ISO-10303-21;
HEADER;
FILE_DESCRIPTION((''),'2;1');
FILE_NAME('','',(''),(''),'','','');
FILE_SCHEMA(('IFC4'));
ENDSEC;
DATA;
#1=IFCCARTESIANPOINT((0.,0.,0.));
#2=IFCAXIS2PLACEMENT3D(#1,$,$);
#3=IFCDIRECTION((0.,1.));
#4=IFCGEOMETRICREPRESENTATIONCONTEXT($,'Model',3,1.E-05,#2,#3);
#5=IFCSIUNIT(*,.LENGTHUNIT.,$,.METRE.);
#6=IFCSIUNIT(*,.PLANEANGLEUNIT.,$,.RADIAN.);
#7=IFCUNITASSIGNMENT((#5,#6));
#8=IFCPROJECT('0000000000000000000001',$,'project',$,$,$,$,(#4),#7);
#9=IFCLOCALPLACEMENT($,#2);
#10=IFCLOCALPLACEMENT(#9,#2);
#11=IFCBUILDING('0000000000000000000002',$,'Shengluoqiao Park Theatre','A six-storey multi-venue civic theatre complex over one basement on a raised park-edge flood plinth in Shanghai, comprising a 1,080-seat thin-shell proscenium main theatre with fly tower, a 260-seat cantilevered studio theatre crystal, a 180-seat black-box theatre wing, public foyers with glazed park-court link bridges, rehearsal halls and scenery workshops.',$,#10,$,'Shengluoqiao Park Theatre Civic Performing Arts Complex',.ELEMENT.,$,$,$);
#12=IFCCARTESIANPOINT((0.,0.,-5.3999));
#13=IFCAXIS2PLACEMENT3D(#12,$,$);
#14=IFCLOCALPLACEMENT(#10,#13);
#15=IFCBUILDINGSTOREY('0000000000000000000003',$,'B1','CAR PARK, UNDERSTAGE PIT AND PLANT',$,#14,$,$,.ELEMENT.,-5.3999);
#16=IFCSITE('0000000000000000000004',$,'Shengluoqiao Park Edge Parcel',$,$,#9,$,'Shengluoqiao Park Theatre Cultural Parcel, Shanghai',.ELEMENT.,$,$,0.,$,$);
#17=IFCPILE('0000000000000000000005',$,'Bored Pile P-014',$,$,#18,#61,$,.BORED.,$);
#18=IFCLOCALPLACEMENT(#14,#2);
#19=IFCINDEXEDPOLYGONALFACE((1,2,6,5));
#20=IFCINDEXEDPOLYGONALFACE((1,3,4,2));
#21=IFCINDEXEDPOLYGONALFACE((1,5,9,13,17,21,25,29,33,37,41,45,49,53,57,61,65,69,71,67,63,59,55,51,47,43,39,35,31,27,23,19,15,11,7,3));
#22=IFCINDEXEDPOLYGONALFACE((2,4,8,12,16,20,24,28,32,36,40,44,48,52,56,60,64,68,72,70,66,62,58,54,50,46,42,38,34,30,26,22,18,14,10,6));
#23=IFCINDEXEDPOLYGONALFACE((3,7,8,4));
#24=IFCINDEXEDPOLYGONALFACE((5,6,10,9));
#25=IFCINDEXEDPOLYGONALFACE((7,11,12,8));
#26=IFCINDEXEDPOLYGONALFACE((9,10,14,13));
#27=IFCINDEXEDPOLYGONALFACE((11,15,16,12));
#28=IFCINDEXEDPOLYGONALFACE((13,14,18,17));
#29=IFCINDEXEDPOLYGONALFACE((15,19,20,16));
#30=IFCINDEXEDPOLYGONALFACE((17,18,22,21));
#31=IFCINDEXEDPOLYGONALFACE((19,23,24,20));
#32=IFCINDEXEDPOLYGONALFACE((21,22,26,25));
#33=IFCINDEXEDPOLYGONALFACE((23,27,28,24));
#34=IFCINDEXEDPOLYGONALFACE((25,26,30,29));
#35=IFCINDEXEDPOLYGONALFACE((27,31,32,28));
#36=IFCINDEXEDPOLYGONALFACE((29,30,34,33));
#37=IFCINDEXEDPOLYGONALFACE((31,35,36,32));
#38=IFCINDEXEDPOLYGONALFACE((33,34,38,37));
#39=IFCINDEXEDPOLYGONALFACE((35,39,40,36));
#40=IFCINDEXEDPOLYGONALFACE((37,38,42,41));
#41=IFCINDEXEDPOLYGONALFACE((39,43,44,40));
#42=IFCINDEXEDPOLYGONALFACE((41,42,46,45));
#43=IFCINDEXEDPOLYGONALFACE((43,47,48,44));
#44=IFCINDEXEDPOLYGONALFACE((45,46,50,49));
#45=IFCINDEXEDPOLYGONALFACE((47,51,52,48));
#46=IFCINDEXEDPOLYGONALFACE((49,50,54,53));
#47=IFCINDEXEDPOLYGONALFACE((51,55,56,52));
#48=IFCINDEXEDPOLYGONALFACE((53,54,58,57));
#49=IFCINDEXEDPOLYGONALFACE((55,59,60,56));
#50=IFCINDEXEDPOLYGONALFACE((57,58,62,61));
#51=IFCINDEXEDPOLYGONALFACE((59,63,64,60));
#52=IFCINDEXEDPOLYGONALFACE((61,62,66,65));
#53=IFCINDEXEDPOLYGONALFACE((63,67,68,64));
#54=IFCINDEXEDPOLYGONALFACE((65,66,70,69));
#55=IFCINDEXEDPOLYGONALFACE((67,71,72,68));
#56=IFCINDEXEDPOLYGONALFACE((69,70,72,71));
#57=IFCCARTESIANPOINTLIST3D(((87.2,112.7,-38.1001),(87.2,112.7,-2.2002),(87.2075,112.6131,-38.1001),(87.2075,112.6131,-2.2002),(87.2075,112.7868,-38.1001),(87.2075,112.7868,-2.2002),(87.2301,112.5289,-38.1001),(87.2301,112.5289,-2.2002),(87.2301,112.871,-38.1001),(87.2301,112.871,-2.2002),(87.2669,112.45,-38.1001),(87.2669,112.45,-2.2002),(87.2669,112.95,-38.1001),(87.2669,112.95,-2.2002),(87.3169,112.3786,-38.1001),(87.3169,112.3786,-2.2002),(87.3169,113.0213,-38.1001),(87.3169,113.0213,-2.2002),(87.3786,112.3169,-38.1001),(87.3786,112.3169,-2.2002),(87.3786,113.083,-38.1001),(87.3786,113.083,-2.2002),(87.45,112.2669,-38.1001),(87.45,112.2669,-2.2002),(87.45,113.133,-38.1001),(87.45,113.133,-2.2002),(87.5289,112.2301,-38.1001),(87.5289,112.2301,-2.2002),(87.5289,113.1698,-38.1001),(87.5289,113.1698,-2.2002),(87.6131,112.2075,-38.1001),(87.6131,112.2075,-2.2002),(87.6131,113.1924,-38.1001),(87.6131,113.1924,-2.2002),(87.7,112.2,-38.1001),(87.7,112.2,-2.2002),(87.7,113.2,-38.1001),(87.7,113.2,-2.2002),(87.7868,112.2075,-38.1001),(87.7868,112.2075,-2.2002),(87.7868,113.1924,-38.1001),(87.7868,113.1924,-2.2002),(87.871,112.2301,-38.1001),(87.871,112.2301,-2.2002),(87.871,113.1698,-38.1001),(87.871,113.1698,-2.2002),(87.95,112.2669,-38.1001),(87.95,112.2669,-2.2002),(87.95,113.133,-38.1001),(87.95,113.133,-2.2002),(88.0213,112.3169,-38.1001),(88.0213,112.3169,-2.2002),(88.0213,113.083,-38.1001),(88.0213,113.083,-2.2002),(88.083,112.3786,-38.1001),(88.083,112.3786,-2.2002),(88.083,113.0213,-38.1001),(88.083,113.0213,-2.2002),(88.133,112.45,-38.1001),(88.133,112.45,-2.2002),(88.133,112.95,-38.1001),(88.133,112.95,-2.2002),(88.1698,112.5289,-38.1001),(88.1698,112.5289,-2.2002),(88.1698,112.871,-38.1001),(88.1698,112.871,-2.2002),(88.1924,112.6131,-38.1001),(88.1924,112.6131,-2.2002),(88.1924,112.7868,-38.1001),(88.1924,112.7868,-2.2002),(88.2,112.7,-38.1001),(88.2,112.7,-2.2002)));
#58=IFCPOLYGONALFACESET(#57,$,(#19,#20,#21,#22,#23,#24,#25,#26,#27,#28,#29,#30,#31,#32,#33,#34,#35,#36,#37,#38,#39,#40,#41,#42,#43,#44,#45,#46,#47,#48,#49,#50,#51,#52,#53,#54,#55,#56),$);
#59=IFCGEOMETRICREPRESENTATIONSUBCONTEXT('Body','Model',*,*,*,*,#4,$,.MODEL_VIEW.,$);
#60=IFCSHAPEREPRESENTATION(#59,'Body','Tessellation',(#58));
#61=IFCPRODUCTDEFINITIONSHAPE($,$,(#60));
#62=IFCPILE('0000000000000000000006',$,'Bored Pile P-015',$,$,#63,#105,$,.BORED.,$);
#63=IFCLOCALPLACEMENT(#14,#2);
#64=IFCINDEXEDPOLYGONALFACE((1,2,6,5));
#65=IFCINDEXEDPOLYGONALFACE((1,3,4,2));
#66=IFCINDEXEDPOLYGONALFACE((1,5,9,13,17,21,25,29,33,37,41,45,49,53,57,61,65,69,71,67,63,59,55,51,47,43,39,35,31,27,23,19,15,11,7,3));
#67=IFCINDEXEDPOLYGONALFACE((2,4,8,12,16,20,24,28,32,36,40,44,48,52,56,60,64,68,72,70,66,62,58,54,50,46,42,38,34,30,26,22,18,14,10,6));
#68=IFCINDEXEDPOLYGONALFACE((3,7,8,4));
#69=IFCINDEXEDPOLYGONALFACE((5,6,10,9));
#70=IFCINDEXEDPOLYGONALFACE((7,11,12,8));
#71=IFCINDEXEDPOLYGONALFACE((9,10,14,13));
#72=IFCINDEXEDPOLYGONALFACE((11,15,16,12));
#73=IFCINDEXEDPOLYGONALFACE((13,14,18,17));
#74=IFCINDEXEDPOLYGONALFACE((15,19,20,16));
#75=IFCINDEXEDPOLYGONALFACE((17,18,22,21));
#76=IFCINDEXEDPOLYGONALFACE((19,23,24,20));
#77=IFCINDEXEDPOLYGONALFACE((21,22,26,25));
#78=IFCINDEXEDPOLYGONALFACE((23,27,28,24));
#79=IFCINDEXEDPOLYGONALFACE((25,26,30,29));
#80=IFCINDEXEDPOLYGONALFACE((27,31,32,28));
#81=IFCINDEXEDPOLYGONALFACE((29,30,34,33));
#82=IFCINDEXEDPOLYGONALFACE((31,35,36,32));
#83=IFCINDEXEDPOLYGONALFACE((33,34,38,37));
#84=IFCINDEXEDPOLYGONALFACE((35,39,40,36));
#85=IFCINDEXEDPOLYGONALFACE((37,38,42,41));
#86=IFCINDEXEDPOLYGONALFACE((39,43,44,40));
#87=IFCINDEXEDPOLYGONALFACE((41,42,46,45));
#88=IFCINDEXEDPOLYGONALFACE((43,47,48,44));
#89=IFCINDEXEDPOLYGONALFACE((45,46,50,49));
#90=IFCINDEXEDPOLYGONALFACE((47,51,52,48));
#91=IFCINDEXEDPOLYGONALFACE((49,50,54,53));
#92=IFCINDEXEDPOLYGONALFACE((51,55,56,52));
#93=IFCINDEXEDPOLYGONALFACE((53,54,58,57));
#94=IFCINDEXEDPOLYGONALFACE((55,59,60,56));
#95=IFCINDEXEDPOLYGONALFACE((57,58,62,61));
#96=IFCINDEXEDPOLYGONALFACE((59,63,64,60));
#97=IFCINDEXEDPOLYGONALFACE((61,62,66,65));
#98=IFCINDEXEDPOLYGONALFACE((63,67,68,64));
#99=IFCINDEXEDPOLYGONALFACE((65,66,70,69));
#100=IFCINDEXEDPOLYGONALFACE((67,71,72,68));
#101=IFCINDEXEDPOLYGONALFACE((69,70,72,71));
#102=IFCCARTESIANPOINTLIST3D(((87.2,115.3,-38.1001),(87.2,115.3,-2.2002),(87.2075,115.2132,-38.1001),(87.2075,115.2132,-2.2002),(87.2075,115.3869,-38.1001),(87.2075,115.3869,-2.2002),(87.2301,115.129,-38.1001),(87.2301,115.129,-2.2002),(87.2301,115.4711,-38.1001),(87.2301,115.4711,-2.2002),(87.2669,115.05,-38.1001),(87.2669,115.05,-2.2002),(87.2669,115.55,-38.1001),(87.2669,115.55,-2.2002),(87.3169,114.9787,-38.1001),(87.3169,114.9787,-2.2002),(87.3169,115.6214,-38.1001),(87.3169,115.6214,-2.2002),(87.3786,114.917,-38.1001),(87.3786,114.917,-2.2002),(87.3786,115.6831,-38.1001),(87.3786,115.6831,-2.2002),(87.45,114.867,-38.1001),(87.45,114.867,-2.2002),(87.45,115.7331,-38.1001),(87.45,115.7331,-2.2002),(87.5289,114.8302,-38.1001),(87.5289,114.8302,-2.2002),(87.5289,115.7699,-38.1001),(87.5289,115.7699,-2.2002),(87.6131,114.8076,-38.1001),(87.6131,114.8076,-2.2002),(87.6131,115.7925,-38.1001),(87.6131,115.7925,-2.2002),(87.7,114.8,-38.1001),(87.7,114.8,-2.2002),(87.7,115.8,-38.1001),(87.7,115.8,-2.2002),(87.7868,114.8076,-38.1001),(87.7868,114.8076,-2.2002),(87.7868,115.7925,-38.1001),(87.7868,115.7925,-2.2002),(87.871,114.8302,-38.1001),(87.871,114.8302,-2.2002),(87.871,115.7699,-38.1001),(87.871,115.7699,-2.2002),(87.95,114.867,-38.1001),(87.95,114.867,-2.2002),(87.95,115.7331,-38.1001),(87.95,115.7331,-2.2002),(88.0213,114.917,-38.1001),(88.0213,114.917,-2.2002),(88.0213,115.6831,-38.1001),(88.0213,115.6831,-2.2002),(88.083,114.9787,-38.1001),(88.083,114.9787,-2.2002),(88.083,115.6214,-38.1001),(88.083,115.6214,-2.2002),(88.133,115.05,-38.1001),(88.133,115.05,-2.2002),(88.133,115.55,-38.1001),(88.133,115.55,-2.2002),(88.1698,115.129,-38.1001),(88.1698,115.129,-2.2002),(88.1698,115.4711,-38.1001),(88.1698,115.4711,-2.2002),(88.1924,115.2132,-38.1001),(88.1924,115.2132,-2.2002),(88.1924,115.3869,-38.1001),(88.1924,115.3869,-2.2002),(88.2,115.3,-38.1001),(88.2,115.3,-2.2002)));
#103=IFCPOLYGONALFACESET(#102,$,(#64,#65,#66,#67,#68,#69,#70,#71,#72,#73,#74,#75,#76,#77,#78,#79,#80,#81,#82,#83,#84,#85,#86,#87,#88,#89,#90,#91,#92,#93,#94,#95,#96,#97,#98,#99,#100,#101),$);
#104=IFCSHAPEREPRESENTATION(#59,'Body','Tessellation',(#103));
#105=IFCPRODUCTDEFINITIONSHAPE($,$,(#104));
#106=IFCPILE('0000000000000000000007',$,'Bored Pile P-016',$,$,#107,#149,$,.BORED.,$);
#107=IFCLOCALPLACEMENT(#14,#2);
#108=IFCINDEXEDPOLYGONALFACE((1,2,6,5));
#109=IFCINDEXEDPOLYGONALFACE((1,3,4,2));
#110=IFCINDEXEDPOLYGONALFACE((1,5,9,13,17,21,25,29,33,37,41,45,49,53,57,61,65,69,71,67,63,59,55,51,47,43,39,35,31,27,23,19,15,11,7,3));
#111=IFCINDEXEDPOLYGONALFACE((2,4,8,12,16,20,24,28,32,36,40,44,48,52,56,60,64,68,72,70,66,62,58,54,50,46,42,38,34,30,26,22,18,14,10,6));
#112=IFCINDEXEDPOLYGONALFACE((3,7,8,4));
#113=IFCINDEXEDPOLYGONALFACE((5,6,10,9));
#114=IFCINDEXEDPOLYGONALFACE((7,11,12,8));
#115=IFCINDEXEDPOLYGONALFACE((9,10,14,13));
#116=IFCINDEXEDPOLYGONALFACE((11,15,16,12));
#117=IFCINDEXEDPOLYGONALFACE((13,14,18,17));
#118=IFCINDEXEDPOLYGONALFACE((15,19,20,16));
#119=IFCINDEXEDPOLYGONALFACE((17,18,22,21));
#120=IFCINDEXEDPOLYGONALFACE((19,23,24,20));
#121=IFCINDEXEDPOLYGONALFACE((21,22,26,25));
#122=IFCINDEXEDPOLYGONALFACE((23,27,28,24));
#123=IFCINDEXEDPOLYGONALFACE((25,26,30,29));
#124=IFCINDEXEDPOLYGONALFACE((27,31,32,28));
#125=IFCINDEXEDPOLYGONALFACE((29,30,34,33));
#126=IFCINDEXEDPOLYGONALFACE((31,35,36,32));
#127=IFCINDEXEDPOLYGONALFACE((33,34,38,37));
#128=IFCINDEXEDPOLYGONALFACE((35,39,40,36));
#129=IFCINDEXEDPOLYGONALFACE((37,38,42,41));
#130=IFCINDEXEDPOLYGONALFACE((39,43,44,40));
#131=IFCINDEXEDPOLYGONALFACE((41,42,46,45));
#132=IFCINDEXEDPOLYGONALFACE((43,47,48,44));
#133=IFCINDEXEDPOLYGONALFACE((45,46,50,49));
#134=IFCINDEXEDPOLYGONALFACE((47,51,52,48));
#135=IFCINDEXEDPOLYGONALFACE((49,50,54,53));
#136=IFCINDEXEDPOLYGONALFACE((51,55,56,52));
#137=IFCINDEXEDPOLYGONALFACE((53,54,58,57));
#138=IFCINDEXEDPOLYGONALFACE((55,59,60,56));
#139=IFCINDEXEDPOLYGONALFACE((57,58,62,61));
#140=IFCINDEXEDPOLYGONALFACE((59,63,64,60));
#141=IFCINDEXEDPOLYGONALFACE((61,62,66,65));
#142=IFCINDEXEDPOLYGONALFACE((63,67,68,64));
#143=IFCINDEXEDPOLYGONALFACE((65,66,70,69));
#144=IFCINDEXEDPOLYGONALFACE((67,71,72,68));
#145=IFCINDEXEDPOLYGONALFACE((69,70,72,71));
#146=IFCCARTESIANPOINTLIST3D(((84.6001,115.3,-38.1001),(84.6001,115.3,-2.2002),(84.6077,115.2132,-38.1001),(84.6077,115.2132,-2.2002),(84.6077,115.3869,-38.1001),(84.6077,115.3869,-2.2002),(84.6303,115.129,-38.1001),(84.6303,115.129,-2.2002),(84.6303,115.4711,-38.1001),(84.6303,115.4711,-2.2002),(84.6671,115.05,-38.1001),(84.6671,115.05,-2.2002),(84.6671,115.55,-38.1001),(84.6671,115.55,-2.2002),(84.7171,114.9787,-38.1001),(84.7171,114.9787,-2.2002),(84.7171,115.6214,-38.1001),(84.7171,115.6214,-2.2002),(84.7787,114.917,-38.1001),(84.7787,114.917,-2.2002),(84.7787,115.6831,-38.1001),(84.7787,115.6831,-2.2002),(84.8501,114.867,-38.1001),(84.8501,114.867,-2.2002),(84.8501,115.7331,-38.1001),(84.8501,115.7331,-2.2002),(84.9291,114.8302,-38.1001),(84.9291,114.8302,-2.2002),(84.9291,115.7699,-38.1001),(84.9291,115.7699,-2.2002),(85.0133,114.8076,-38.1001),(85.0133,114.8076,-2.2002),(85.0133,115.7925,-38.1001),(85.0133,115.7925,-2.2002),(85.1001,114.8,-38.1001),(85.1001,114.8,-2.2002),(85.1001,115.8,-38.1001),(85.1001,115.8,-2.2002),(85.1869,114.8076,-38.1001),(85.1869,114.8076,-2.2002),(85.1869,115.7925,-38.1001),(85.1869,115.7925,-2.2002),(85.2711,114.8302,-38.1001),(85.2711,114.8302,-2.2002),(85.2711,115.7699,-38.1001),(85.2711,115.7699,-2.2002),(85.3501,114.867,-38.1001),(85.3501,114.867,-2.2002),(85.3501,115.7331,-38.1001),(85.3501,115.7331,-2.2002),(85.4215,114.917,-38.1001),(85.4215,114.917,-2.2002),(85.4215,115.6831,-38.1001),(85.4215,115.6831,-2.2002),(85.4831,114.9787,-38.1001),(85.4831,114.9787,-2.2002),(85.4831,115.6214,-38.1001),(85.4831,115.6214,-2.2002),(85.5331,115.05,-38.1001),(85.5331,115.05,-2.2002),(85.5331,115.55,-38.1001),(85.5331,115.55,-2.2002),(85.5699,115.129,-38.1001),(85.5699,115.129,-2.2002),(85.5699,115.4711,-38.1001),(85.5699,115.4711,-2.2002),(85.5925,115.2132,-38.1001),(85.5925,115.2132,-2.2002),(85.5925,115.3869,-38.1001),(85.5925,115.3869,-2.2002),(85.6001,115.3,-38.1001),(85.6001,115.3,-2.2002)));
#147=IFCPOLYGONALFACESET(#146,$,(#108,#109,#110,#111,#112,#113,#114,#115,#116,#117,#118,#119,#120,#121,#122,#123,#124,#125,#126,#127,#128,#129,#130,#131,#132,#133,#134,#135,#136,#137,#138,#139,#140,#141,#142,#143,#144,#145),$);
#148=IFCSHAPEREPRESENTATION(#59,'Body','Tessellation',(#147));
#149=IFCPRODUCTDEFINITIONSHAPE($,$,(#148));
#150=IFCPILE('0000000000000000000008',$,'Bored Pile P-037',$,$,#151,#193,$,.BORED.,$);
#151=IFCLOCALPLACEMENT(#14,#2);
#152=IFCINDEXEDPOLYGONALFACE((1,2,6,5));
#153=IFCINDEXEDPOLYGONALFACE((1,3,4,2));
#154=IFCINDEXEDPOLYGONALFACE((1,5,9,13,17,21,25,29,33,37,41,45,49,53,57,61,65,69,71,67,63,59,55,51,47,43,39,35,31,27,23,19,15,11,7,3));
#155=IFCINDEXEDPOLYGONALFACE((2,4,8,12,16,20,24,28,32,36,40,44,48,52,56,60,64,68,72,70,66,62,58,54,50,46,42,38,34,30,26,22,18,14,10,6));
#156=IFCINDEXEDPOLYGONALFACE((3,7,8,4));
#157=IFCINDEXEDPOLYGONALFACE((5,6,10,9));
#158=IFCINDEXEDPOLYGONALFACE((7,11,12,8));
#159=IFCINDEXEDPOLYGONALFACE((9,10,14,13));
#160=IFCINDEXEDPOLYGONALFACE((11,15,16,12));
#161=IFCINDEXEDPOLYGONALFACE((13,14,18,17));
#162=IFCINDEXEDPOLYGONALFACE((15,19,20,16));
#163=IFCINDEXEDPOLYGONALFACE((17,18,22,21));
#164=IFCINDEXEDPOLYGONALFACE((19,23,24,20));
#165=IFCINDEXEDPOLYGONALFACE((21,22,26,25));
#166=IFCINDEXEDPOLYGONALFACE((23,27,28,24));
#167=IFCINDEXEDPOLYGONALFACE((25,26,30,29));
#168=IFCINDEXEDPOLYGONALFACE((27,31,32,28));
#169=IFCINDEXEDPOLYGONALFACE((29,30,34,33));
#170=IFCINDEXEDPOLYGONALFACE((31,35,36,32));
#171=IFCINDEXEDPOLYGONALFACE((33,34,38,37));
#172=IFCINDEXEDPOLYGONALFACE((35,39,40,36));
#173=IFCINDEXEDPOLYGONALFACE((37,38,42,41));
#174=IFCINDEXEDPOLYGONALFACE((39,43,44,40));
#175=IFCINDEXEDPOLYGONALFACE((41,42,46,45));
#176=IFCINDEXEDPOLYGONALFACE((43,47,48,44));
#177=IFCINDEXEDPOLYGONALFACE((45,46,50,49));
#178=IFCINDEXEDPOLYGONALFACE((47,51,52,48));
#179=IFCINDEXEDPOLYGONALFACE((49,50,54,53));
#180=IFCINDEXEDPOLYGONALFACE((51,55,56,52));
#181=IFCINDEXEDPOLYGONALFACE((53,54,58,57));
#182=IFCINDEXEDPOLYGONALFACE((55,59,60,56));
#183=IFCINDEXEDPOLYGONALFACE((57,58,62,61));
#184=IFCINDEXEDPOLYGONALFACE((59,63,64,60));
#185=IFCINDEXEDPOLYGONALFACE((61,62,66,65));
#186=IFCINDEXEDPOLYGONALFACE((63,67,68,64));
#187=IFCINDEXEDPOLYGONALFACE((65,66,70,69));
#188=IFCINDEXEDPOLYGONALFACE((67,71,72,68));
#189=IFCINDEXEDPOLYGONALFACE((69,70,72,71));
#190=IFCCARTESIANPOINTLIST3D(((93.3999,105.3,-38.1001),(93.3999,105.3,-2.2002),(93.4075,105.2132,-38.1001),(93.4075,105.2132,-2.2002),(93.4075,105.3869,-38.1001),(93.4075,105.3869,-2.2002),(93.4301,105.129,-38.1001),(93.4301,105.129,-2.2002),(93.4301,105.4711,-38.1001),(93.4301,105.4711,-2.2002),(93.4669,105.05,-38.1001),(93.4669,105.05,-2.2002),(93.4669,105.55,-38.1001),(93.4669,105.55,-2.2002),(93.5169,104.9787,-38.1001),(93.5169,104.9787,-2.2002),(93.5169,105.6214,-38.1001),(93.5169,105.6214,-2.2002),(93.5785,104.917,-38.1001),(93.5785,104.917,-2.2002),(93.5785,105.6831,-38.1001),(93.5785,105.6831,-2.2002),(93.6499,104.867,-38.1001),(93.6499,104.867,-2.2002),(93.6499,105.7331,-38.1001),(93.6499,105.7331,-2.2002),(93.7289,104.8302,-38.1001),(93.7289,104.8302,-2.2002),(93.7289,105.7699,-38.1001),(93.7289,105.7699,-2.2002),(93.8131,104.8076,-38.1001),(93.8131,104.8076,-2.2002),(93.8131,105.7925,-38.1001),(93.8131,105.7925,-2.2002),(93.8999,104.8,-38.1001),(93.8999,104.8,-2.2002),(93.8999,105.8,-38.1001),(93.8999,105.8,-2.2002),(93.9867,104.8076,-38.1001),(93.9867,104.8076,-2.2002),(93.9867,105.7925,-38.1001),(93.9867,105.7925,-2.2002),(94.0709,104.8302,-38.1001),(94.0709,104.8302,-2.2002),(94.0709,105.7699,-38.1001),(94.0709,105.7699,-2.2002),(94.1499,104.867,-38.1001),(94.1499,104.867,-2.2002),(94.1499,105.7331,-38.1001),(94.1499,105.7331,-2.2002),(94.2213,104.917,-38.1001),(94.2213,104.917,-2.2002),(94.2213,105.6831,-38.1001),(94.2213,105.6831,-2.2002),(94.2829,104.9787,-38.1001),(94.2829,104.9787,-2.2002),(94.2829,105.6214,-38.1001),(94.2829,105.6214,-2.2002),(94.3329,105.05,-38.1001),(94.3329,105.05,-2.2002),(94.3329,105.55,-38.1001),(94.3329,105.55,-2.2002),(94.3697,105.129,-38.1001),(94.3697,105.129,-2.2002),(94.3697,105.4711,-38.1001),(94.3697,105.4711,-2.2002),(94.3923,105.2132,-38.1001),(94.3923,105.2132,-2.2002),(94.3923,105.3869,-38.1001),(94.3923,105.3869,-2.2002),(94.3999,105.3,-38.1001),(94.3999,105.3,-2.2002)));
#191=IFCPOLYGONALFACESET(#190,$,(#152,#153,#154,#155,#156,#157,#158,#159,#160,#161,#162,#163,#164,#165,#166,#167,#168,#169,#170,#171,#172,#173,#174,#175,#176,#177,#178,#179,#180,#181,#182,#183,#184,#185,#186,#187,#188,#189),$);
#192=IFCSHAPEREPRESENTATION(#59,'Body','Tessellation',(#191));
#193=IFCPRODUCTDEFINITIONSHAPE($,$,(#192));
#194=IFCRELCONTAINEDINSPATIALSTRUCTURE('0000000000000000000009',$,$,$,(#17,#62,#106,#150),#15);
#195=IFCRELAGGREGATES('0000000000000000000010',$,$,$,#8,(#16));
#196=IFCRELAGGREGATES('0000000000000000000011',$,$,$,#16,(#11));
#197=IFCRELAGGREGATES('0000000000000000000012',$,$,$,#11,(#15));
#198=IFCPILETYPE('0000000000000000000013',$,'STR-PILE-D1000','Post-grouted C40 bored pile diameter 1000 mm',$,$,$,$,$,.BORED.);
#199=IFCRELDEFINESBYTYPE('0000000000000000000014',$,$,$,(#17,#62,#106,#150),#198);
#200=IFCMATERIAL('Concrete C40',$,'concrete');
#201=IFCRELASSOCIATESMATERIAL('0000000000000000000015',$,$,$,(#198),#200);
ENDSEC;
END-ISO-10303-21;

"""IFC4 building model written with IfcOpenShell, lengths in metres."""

from ifc_helpers import new_model, si_unit, direction, frame, origin, origin_2d, place, context, subcontext, project, spatial, circle, extrude, material, material_profile, profile_set, type_object, element, save


model = new_model("IFC4")

# Units and contexts
model_context = context("Model", 3, precision=1e-05, world=origin(), true_north=direction((0.0, 1.0)))
body_context = subcontext(model_context, "Body", "Model", "MODEL_VIEW")
ifc_project = project(units=[si_unit("LENGTHUNIT", "METRE"), si_unit("PLANEANGLEUNIT", "RADIAN")], contexts=[model_context])

# Site, building, storey
site_placement = place(None, origin())
site = spatial("IfcSite", under=ifc_project, at=site_placement, Name="Shengluoqiao Park Edge Parcel", LongName="Shengluoqiao Park Theatre Cultural Parcel, Shanghai", CompositionType="ELEMENT", RefElevation=0.0)
building_placement = place(site_placement, origin())
building = spatial("IfcBuilding", under=site, at=building_placement, Name="Shengluoqiao Park Theatre", Description="A six-storey multi-venue civic theatre complex over one basement on a raised park-edge flood plinth in Shanghai, comprising a 1,080-seat thin-shell proscenium main theatre with fly tower, a 260-seat cantilevered studio theatre crystal, a 180-seat black-box theatre wing, public foyers with glazed park-court link bridges, rehearsal halls and scenery workshops.", LongName="Shengluoqiao Park Theatre Civic Performing Arts Complex", CompositionType="ELEMENT")
storey_placement = place(building_placement, frame((0.0, 0.0, -5.3999)))
storey = spatial("IfcBuildingStorey", under=building, at=storey_placement, Name="B1", Description="CAR PARK, UNDERSTAGE PIT AND PLANT", CompositionType="ELEMENT", Elevation=-5.3999)

# Shared definitions
ifc_material_1 = material(Name="Concrete C40", Category="concrete")

# Piles
ifc_material_profile_1 = material_profile(ifc_material_1, circle(Radius=0.5, at=origin_2d()), Name="BORED PILE D1000")
ifc_profile_set_1 = profile_set([ifc_material_profile_1], Name="Concrete C40")
pile_type = type_object("IfcPileType", Name="STR-PILE-D1000", Description="Post-grouted C40 bored pile diameter 1000 mm", PredefinedType="BORED", material=ifc_profile_set_1)
for number, where, z_axis, x_axis, name in (
    (1, (87.7, 112.7, -2.2002), (0.0, 0.0, -1.0), (1.0, 0.0, 0.0), "Bored Pile P-014"),
    (2, (87.7, 115.3, -2.2002), (0.0, 0.0, -1.0), (1.0, 0.0, 0.0), "Bored Pile P-015"),
    (3, (85.1001, 115.3, -2.2002), (0.0, 0.0, -1.0), (1.0, 0.0, 0.0), "Bored Pile P-016"),
    (4, (93.8999, 105.3, -2.2002), (0.0, 0.0, -1.0), (1.0, 0.0, 0.0), "Bored Pile P-037"),
):
    element("IfcPile", number, at=place(storey_placement, frame(where, z_axis=z_axis, x_axis=x_axis)), inside=storey, type_object=pile_type, Name=name, PredefinedType="BORED", context=body_context, shape_type="SweptSolid", body=[
        extrude(circle(Radius=0.5, at=origin_2d()), origin(), (0.0, 0.0, 1.0), 35.8999),
    ])

save(model, "model.ifc")
